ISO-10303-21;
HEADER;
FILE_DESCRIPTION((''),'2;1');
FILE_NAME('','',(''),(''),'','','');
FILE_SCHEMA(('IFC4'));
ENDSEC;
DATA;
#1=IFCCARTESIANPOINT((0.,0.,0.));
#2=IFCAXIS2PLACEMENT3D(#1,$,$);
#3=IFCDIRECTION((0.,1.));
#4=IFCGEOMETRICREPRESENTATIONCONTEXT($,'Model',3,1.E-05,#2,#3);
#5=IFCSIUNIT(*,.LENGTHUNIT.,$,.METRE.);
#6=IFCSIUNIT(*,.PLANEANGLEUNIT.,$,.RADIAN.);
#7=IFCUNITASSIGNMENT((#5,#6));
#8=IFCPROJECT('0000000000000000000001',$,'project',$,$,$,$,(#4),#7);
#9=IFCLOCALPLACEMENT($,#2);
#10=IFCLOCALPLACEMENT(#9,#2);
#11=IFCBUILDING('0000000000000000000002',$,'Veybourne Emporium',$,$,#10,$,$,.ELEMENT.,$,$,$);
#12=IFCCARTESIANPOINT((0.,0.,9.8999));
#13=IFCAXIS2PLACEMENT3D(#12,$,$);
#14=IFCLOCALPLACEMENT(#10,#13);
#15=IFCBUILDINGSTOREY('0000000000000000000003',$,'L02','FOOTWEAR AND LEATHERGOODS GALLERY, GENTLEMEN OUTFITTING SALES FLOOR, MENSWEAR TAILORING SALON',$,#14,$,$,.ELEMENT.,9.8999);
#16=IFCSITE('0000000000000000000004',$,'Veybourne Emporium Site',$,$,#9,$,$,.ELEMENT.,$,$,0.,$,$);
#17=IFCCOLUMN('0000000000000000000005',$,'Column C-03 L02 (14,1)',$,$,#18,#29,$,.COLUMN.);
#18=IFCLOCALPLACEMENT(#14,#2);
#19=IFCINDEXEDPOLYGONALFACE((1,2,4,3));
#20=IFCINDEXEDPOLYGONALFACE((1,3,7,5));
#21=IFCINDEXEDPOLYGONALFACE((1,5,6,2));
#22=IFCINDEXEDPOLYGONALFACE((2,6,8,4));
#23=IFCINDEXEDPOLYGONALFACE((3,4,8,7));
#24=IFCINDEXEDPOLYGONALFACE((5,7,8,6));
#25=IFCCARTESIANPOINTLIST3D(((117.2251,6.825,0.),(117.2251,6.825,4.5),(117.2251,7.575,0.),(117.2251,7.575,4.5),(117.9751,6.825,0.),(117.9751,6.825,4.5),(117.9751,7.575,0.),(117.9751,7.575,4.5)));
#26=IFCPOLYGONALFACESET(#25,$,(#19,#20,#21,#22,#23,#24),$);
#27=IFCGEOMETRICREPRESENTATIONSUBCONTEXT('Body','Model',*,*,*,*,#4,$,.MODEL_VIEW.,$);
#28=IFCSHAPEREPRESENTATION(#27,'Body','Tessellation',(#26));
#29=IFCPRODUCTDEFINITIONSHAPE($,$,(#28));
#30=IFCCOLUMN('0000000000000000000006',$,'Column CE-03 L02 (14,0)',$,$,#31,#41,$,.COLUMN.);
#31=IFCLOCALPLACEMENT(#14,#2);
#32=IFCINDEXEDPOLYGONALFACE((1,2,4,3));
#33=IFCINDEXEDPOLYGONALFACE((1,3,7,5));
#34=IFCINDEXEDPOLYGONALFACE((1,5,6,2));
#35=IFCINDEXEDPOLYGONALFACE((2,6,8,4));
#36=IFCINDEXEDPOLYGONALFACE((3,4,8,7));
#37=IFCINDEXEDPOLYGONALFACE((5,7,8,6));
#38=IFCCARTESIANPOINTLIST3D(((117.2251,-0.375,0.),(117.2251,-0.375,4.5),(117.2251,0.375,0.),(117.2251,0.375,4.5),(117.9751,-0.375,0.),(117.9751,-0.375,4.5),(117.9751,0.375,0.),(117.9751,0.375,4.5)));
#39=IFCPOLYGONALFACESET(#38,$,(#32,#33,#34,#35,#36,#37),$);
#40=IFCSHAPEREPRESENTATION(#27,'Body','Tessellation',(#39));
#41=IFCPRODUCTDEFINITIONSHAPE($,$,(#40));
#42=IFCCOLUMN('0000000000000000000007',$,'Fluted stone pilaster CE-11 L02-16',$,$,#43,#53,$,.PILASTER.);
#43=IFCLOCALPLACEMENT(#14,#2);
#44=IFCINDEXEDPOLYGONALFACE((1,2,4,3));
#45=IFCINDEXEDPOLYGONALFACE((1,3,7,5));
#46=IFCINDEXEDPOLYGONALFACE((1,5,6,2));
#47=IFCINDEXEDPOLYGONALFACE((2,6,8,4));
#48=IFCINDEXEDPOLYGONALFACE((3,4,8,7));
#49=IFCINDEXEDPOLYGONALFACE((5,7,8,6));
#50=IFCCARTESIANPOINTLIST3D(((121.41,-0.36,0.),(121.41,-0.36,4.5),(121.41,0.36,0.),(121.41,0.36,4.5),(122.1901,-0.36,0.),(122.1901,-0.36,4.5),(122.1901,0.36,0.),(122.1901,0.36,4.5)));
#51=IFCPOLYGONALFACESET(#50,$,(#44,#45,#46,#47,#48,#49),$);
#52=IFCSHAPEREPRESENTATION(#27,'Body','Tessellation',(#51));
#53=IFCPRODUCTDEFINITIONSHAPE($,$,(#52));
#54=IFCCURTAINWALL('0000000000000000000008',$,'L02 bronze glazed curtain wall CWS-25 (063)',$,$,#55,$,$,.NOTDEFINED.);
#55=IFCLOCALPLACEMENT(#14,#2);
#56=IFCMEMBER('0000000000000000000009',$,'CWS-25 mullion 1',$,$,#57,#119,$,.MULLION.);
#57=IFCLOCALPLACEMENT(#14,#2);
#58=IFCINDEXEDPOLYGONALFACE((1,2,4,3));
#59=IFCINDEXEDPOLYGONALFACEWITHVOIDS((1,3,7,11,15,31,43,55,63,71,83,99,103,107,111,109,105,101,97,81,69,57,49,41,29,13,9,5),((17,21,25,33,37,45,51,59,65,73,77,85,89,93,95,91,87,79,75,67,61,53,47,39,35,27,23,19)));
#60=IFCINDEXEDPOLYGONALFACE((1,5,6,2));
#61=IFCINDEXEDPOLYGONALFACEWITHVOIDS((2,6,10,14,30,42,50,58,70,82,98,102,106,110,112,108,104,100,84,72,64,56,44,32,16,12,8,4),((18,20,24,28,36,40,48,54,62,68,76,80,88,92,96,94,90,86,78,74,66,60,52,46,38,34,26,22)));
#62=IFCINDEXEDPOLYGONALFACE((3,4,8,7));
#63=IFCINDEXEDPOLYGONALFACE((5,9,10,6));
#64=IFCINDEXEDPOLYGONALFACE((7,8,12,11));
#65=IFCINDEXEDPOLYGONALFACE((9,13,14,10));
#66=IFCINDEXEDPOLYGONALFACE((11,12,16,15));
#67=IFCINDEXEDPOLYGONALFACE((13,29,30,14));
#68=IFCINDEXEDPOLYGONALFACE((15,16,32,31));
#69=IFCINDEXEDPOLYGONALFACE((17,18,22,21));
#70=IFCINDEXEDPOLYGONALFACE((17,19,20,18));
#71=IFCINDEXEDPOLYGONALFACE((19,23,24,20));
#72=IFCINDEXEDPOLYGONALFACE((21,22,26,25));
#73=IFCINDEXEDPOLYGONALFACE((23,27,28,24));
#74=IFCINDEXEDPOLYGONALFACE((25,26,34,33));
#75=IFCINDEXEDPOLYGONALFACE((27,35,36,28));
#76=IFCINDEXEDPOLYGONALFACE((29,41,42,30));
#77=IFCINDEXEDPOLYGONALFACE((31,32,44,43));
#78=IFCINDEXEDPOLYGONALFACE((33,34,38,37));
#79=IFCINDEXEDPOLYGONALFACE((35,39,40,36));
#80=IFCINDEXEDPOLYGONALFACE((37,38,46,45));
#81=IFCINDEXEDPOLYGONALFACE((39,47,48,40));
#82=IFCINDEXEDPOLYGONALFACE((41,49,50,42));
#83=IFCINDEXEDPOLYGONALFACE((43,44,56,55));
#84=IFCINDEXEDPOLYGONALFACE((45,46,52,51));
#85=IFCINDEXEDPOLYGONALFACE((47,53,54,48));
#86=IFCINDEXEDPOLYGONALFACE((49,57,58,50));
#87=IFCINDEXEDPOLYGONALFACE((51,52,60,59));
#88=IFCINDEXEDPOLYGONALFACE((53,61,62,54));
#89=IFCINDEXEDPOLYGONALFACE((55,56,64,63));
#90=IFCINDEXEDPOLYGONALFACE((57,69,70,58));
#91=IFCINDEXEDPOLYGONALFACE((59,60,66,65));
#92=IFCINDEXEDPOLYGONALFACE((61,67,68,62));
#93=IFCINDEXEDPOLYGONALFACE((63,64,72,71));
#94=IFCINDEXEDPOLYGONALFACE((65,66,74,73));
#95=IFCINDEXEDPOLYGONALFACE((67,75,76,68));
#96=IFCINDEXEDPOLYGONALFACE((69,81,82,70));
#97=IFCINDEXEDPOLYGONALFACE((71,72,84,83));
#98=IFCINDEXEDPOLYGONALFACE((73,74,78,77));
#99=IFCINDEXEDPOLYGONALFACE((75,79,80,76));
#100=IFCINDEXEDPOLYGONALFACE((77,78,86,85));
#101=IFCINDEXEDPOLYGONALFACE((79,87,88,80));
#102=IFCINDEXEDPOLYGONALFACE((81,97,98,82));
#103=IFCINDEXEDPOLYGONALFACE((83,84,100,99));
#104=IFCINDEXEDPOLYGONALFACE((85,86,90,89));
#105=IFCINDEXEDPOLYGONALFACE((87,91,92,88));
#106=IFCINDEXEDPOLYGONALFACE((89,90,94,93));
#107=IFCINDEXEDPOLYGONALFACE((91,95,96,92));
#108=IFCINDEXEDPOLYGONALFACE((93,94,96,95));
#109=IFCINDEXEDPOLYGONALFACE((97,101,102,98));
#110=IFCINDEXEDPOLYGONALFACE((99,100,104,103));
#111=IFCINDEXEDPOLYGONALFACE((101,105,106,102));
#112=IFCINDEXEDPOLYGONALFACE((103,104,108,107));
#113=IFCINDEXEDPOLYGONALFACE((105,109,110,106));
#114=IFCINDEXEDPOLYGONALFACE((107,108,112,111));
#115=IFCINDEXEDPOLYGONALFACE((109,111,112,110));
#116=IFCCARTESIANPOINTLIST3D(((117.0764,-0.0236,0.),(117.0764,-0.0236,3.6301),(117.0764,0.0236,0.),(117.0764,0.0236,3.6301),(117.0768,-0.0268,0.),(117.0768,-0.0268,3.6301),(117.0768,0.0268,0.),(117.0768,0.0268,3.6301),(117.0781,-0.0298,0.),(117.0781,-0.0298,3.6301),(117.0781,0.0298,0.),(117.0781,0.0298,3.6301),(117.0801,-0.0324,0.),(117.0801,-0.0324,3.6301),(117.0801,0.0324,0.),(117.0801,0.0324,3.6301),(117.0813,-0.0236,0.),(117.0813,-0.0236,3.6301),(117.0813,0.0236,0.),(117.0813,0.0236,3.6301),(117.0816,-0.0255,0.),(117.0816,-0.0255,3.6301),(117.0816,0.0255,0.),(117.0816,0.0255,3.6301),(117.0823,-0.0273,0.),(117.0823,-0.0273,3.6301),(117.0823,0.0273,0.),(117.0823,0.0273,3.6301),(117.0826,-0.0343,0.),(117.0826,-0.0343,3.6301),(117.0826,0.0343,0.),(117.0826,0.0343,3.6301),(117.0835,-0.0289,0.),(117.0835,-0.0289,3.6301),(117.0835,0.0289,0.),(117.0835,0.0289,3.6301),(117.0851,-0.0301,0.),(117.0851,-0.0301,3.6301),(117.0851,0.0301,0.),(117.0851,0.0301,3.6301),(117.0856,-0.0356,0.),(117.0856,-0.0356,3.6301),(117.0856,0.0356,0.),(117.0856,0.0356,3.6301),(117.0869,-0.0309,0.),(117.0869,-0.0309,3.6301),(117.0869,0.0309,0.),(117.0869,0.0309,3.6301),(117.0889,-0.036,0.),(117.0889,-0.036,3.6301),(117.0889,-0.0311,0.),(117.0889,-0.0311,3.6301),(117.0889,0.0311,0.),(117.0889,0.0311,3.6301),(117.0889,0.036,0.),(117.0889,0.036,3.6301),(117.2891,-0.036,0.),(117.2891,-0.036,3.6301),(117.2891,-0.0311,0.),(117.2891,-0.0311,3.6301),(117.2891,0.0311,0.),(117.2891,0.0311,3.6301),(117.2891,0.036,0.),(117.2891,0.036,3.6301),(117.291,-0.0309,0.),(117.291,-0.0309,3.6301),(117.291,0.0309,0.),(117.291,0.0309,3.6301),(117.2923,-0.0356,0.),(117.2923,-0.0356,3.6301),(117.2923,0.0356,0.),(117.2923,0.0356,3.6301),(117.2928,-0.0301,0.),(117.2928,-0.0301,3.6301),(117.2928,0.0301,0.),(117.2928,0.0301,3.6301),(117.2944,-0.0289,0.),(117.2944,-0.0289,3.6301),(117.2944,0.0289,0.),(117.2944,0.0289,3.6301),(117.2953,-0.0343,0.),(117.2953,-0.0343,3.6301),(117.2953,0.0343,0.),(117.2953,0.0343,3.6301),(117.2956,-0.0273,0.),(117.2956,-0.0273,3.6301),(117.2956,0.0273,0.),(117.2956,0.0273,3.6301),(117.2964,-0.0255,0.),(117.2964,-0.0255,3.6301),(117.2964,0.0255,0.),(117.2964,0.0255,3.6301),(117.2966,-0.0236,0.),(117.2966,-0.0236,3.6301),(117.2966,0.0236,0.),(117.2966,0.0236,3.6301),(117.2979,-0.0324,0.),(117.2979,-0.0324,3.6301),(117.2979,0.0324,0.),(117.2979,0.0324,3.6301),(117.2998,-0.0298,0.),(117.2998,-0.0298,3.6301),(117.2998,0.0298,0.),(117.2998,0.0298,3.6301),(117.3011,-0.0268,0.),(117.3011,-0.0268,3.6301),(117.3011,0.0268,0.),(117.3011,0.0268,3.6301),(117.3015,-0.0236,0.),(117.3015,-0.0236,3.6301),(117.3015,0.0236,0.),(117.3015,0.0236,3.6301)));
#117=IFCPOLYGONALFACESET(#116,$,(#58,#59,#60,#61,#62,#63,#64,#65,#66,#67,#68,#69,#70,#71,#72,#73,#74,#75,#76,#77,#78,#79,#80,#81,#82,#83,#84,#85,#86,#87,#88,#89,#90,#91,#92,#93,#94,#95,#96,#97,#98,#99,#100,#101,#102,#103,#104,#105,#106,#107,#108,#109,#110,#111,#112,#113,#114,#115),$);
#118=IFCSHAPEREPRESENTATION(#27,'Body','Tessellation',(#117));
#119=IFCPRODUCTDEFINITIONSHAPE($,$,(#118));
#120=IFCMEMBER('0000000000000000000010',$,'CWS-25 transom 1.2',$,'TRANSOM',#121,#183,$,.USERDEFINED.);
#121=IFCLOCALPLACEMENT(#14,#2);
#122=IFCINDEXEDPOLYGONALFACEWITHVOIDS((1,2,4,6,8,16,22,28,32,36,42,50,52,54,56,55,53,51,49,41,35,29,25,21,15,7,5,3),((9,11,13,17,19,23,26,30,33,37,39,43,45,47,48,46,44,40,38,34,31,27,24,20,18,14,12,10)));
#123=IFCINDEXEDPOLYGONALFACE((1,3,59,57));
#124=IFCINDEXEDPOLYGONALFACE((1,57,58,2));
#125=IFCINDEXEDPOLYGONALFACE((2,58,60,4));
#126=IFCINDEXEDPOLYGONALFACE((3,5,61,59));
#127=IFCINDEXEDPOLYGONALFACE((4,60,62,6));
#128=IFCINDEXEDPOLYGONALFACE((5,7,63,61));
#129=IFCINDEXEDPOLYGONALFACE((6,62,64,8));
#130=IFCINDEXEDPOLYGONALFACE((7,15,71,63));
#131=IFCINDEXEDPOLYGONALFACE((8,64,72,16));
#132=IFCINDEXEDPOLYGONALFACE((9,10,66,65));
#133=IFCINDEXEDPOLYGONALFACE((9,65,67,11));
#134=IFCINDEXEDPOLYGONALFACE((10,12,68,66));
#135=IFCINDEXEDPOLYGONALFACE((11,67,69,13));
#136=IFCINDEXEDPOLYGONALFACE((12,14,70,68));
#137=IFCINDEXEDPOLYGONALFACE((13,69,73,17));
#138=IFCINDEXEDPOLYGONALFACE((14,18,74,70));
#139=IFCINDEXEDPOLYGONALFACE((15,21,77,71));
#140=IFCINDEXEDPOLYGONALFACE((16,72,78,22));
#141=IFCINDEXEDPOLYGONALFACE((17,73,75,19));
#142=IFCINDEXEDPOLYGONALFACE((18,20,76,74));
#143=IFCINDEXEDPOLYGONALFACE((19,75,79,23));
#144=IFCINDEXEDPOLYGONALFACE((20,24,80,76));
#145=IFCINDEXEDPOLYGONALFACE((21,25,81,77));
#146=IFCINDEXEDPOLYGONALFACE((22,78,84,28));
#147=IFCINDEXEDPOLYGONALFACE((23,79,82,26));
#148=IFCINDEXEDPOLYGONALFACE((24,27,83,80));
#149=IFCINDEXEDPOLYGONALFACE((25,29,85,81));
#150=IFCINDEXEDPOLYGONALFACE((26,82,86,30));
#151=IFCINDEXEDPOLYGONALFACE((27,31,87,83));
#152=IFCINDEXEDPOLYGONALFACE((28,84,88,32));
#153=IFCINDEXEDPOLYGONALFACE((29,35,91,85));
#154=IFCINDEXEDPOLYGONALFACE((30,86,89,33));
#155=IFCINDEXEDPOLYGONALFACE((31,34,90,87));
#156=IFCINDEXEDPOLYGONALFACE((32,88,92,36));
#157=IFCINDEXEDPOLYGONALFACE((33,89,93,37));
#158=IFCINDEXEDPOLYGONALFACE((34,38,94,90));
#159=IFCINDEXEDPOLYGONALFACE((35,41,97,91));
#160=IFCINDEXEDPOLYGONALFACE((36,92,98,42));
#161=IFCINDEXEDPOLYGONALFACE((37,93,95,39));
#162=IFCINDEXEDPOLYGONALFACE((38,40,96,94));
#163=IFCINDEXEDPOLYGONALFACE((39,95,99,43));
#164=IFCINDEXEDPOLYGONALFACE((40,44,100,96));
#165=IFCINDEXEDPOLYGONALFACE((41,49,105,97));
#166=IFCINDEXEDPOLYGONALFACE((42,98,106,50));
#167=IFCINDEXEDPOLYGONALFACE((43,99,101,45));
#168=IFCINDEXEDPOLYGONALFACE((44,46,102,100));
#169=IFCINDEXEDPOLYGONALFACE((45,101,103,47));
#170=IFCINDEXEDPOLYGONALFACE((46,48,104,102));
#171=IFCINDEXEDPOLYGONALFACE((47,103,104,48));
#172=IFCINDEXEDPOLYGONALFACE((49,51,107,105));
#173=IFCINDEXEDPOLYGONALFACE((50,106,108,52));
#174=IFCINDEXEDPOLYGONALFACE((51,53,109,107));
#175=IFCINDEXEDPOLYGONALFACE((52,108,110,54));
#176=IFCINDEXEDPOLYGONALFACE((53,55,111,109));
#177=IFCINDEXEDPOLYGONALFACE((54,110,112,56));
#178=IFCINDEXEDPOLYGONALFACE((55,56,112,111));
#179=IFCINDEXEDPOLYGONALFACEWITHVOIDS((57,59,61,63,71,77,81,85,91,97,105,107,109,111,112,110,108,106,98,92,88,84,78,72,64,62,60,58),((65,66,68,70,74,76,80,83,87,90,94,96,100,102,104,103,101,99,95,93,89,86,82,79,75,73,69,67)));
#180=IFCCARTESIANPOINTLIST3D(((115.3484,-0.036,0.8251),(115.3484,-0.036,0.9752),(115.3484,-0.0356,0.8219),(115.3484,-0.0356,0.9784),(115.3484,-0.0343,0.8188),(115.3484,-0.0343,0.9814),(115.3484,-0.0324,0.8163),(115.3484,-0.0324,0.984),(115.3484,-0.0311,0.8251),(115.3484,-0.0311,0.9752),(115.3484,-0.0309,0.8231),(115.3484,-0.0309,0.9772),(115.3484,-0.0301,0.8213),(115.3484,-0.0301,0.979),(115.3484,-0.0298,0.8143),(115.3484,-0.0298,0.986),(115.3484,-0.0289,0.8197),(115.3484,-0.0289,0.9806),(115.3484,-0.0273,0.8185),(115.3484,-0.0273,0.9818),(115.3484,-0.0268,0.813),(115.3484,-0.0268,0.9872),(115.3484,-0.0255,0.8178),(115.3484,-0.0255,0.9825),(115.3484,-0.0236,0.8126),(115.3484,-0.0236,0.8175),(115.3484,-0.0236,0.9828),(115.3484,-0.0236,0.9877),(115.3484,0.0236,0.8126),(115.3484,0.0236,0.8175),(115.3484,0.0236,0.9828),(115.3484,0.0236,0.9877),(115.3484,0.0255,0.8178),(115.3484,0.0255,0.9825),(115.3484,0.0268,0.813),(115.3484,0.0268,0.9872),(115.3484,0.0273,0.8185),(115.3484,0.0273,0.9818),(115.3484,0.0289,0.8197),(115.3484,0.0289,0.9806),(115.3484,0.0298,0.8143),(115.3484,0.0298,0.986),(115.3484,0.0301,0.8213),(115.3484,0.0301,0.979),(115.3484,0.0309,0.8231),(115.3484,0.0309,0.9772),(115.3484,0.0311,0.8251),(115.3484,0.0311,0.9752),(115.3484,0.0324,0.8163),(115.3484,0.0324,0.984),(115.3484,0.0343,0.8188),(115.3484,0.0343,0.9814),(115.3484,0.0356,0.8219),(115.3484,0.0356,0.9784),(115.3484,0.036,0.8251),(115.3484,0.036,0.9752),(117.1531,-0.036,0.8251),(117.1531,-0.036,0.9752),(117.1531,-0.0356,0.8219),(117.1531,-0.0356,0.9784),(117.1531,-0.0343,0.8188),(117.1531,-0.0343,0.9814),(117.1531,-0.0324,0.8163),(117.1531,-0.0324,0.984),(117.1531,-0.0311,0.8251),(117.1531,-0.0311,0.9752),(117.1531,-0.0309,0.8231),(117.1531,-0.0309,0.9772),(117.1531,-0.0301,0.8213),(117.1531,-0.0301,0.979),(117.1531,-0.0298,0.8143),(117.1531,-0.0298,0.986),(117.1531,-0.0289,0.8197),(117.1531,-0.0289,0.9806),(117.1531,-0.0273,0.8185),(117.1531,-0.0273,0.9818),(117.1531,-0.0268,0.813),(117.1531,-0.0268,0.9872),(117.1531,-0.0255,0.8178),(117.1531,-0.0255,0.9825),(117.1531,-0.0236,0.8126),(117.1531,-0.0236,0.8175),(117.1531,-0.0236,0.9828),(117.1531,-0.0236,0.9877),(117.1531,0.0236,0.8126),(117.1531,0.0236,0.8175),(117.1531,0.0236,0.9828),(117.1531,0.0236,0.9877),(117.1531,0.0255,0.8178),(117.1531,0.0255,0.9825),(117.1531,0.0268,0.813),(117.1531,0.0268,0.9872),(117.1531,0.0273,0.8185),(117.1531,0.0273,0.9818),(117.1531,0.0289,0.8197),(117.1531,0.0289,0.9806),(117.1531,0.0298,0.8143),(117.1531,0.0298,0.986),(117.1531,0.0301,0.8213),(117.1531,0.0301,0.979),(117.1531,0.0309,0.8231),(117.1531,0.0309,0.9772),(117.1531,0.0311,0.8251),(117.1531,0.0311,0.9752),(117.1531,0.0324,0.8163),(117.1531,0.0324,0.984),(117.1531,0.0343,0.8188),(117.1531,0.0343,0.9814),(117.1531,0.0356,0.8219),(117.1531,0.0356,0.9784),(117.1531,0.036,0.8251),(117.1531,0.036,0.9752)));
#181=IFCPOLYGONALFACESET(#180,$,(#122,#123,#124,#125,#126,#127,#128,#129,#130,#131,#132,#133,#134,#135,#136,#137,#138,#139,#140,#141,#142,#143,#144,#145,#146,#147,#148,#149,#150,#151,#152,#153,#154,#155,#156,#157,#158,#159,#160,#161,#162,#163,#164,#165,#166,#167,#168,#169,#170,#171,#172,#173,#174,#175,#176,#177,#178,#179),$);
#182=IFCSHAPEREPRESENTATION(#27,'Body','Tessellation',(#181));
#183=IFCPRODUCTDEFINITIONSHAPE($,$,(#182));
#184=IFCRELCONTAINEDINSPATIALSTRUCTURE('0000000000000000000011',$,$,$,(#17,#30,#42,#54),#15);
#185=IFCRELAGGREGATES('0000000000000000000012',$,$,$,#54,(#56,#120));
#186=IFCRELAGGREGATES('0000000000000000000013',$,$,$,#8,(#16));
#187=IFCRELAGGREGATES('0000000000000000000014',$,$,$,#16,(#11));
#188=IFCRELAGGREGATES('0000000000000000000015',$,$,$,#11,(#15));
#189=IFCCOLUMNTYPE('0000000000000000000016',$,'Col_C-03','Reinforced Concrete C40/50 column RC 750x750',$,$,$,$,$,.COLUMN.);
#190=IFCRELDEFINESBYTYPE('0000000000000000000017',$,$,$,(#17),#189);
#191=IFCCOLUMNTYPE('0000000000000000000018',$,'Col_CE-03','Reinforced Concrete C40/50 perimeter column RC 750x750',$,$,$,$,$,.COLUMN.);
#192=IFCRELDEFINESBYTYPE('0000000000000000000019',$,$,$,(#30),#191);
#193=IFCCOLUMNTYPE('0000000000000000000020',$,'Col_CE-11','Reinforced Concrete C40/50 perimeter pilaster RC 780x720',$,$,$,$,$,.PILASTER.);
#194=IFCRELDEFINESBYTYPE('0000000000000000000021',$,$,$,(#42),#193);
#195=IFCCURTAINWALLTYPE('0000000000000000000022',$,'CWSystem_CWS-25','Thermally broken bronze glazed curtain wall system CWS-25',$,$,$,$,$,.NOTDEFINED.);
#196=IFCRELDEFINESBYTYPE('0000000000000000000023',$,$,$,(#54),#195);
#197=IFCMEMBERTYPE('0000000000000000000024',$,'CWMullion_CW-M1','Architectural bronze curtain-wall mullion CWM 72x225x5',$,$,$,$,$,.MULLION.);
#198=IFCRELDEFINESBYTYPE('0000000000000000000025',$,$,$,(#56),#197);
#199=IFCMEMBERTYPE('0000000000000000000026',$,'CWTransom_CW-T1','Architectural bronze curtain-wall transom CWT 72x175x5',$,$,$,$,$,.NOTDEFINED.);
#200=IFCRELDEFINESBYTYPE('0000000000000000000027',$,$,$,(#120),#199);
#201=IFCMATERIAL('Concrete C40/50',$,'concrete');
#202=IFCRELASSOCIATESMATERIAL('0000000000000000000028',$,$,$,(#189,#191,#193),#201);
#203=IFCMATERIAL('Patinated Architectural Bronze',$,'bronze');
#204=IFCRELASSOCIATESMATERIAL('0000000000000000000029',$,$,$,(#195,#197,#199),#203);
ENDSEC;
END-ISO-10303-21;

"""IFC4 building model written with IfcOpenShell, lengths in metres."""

from ifc_helpers import new_model, si_unit, direction, frame, origin, origin_2d, place, context, subcontext, project, spatial, rectangle, hollow_rectangle, extrude, material, material_profile, profile_set, type_object, element, aggregate, save


model = new_model("IFC4")

# Units and contexts
model_context = context("Model", 3, precision=1e-05, world=origin(), true_north=direction((0.0, 1.0)))
body_context = subcontext(model_context, "Body", "Model", "MODEL_VIEW")
ifc_project = project(units=[si_unit("LENGTHUNIT", "METRE"), si_unit("PLANEANGLEUNIT", "RADIAN")], contexts=[model_context])

# Site, building, storey
site_placement = place(None, origin())
site = spatial("IfcSite", under=ifc_project, at=site_placement, Name="Veybourne Emporium Site", CompositionType="ELEMENT", RefElevation=0.0)
building_placement = place(site_placement, origin())
building = spatial("IfcBuilding", under=site, at=building_placement, Name="Veybourne Emporium", CompositionType="ELEMENT")
storey_placement = place(building_placement, frame((0.0, 0.0, 9.8999)))
storey = spatial("IfcBuildingStorey", under=building, at=storey_placement, Name="L02", Description="FOOTWEAR AND LEATHERGOODS GALLERY, GENTLEMEN OUTFITTING SALES FLOOR, MENSWEAR TAILORING SALON", CompositionType="ELEMENT", Elevation=9.8999)

# Columns
ifc_material_1 = material(Name="Concrete C40/50", Category="concrete")
ifc_material_profile_1 = material_profile(ifc_material_1, rectangle(XDim=0.75, YDim=0.75, at=origin_2d()), Name="RC 750x750")
ifc_profile_set_1 = profile_set([ifc_material_profile_1], Name="Concrete C40/50")
column_type_1 = type_object("IfcColumnType", Name="Col_C-03", Description="Reinforced Concrete C40/50 column RC 750x750", PredefinedType="COLUMN", material=ifc_profile_set_1)
column_1_placement = place(storey_placement, frame((117.6001, 7.2, 0.0), z_axis=(0.0, 0.0, 1.0), x_axis=(1.0, 0.0, 0.0)))
element("IfcColumn", 1, at=column_1_placement, inside=storey, type_object=column_type_1, Name="Column C-03 L02 (14,1)", PredefinedType="COLUMN", context=body_context, shape_type="SweptSolid", body=[
    extrude(rectangle(XDim=0.75, YDim=0.75, at=origin_2d()), origin(), (0.0, 0.0, 1.0), 4.5),
])
ifc_material_profile_2 = material_profile(ifc_material_1, rectangle(XDim=0.75, YDim=0.75, at=origin_2d()), Name="RC 750x750")
ifc_profile_set_2 = profile_set([ifc_material_profile_2], Name="Concrete C40/50")
column_type_2 = type_object("IfcColumnType", Name="Col_CE-03", Description="Reinforced Concrete C40/50 perimeter column RC 750x750", PredefinedType="COLUMN", material=ifc_profile_set_2)
column_2_placement = place(storey_placement, frame((117.6001, 0.0, 0.0), z_axis=(0.0, 0.0, 1.0), x_axis=(1.0, 0.0, 0.0)))
element("IfcColumn", 2, at=column_2_placement, inside=storey, type_object=column_type_2, Name="Column CE-03 L02 (14,0)", PredefinedType="COLUMN", context=body_context, shape_type="SweptSolid", body=[
    extrude(rectangle(XDim=0.75, YDim=0.75, at=origin_2d()), origin(), (0.0, 0.0, 1.0), 4.5),
])
ifc_material_profile_3 = material_profile(ifc_material_1, rectangle(XDim=0.78, YDim=0.72, at=origin_2d()), Name="RC 780x720")
ifc_profile_set_3 = profile_set([ifc_material_profile_3], Name="Concrete C40/50")
column_type_3 = type_object("IfcColumnType", Name="Col_CE-11", Description="Reinforced Concrete C40/50 perimeter pilaster RC 780x720", PredefinedType="PILASTER", material=ifc_profile_set_3)
column_3_placement = place(storey_placement, frame((121.8, 0.0, 0.0), z_axis=(0.0, 0.0, 1.0), x_axis=(1.0, 0.0, 0.0)))
element("IfcColumn", 3, at=column_3_placement, inside=storey, type_object=column_type_3, Name="Fluted stone pilaster CE-11 L02-16", PredefinedType="PILASTER", context=body_context, shape_type="SweptSolid", body=[
    extrude(rectangle(XDim=0.78, YDim=0.72, at=origin_2d()), origin(), (0.0, 0.0, 1.0), 4.5),
])

# Curtain wall, members
ifc_material_2 = material(Name="Patinated Architectural Bronze", Category="bronze")
curtain_wall_type = type_object("IfcCurtainWallType", Name="CWSystem_CWS-25", Description="Thermally broken bronze glazed curtain wall system CWS-25", PredefinedType="NOTDEFINED", material=ifc_material_2)
curtain_wall_placement = place(storey_placement, origin())
curtain_wall = element("IfcCurtainWall", 4, at=curtain_wall_placement, inside=storey, type_object=curtain_wall_type, Name="L02 bronze glazed curtain wall CWS-25 (063)", PredefinedType="NOTDEFINED")
ifc_material_profile_4 = material_profile(ifc_material_2, hollow_rectangle(XDim=0.072, YDim=0.2251, WallThickness=0.0049, InnerFilletRadius=0.0076, OuterFilletRadius=0.0125, at=origin_2d()), Name="CWM 72x225x5")
ifc_profile_set_4 = profile_set([ifc_material_profile_4], Name="Patinated Architectural Bronze")
member_type_1 = type_object("IfcMemberType", Name="CWMullion_CW-M1", Description="Architectural bronze curtain-wall mullion CWM 72x225x5", PredefinedType="MULLION", material=ifc_profile_set_4)
member_1_placement = place(storey_placement, frame((117.189, 0.0, 0.0), z_axis=(0.0, 0.0, 1.0), x_axis=(0.0, -1.0, 0.0)))
member_1 = element("IfcMember", 5, at=member_1_placement, type_object=member_type_1, Name="CWS-25 mullion 1", PredefinedType="MULLION", context=body_context, shape_type="SweptSolid", body=[
    extrude(hollow_rectangle(XDim=0.072, YDim=0.2251, WallThickness=0.0049, InnerFilletRadius=0.0076, OuterFilletRadius=0.0125, at=origin_2d()), origin(), (0.0, 0.0, 1.0), 3.6301),
])
ifc_material_profile_5 = material_profile(ifc_material_2, hollow_rectangle(XDim=0.072, YDim=0.175, WallThickness=0.0049, InnerFilletRadius=0.0076, OuterFilletRadius=0.0125, at=origin_2d()), Name="CWT 72x175x5")
ifc_profile_set_5 = profile_set([ifc_material_profile_5], Name="Patinated Architectural Bronze")
member_type_2 = type_object("IfcMemberType", Name="CWTransom_CW-T1", Description="Architectural bronze curtain-wall transom CWT 72x175x5", PredefinedType="NOTDEFINED", material=ifc_profile_set_5)
member_2_placement = place(storey_placement, frame((117.1531, 0.0, 0.9001), z_axis=(-1.0, 0.0, 0.0), x_axis=(0.0, -1.0, 0.0)))
member_2 = element("IfcMember", 6, at=member_2_placement, type_object=member_type_2, Name="CWS-25 transom 1.2", ObjectType="TRANSOM", PredefinedType="USERDEFINED", context=body_context, shape_type="SweptSolid", body=[
    extrude(hollow_rectangle(XDim=0.072, YDim=0.175, WallThickness=0.0049, InnerFilletRadius=0.0076, OuterFilletRadius=0.0125, at=origin_2d()), origin(), (0.0, 0.0, 1.0), 1.8047),
])
aggregate(curtain_wall, [member_1, member_2])

save(model, "model.ifc")
